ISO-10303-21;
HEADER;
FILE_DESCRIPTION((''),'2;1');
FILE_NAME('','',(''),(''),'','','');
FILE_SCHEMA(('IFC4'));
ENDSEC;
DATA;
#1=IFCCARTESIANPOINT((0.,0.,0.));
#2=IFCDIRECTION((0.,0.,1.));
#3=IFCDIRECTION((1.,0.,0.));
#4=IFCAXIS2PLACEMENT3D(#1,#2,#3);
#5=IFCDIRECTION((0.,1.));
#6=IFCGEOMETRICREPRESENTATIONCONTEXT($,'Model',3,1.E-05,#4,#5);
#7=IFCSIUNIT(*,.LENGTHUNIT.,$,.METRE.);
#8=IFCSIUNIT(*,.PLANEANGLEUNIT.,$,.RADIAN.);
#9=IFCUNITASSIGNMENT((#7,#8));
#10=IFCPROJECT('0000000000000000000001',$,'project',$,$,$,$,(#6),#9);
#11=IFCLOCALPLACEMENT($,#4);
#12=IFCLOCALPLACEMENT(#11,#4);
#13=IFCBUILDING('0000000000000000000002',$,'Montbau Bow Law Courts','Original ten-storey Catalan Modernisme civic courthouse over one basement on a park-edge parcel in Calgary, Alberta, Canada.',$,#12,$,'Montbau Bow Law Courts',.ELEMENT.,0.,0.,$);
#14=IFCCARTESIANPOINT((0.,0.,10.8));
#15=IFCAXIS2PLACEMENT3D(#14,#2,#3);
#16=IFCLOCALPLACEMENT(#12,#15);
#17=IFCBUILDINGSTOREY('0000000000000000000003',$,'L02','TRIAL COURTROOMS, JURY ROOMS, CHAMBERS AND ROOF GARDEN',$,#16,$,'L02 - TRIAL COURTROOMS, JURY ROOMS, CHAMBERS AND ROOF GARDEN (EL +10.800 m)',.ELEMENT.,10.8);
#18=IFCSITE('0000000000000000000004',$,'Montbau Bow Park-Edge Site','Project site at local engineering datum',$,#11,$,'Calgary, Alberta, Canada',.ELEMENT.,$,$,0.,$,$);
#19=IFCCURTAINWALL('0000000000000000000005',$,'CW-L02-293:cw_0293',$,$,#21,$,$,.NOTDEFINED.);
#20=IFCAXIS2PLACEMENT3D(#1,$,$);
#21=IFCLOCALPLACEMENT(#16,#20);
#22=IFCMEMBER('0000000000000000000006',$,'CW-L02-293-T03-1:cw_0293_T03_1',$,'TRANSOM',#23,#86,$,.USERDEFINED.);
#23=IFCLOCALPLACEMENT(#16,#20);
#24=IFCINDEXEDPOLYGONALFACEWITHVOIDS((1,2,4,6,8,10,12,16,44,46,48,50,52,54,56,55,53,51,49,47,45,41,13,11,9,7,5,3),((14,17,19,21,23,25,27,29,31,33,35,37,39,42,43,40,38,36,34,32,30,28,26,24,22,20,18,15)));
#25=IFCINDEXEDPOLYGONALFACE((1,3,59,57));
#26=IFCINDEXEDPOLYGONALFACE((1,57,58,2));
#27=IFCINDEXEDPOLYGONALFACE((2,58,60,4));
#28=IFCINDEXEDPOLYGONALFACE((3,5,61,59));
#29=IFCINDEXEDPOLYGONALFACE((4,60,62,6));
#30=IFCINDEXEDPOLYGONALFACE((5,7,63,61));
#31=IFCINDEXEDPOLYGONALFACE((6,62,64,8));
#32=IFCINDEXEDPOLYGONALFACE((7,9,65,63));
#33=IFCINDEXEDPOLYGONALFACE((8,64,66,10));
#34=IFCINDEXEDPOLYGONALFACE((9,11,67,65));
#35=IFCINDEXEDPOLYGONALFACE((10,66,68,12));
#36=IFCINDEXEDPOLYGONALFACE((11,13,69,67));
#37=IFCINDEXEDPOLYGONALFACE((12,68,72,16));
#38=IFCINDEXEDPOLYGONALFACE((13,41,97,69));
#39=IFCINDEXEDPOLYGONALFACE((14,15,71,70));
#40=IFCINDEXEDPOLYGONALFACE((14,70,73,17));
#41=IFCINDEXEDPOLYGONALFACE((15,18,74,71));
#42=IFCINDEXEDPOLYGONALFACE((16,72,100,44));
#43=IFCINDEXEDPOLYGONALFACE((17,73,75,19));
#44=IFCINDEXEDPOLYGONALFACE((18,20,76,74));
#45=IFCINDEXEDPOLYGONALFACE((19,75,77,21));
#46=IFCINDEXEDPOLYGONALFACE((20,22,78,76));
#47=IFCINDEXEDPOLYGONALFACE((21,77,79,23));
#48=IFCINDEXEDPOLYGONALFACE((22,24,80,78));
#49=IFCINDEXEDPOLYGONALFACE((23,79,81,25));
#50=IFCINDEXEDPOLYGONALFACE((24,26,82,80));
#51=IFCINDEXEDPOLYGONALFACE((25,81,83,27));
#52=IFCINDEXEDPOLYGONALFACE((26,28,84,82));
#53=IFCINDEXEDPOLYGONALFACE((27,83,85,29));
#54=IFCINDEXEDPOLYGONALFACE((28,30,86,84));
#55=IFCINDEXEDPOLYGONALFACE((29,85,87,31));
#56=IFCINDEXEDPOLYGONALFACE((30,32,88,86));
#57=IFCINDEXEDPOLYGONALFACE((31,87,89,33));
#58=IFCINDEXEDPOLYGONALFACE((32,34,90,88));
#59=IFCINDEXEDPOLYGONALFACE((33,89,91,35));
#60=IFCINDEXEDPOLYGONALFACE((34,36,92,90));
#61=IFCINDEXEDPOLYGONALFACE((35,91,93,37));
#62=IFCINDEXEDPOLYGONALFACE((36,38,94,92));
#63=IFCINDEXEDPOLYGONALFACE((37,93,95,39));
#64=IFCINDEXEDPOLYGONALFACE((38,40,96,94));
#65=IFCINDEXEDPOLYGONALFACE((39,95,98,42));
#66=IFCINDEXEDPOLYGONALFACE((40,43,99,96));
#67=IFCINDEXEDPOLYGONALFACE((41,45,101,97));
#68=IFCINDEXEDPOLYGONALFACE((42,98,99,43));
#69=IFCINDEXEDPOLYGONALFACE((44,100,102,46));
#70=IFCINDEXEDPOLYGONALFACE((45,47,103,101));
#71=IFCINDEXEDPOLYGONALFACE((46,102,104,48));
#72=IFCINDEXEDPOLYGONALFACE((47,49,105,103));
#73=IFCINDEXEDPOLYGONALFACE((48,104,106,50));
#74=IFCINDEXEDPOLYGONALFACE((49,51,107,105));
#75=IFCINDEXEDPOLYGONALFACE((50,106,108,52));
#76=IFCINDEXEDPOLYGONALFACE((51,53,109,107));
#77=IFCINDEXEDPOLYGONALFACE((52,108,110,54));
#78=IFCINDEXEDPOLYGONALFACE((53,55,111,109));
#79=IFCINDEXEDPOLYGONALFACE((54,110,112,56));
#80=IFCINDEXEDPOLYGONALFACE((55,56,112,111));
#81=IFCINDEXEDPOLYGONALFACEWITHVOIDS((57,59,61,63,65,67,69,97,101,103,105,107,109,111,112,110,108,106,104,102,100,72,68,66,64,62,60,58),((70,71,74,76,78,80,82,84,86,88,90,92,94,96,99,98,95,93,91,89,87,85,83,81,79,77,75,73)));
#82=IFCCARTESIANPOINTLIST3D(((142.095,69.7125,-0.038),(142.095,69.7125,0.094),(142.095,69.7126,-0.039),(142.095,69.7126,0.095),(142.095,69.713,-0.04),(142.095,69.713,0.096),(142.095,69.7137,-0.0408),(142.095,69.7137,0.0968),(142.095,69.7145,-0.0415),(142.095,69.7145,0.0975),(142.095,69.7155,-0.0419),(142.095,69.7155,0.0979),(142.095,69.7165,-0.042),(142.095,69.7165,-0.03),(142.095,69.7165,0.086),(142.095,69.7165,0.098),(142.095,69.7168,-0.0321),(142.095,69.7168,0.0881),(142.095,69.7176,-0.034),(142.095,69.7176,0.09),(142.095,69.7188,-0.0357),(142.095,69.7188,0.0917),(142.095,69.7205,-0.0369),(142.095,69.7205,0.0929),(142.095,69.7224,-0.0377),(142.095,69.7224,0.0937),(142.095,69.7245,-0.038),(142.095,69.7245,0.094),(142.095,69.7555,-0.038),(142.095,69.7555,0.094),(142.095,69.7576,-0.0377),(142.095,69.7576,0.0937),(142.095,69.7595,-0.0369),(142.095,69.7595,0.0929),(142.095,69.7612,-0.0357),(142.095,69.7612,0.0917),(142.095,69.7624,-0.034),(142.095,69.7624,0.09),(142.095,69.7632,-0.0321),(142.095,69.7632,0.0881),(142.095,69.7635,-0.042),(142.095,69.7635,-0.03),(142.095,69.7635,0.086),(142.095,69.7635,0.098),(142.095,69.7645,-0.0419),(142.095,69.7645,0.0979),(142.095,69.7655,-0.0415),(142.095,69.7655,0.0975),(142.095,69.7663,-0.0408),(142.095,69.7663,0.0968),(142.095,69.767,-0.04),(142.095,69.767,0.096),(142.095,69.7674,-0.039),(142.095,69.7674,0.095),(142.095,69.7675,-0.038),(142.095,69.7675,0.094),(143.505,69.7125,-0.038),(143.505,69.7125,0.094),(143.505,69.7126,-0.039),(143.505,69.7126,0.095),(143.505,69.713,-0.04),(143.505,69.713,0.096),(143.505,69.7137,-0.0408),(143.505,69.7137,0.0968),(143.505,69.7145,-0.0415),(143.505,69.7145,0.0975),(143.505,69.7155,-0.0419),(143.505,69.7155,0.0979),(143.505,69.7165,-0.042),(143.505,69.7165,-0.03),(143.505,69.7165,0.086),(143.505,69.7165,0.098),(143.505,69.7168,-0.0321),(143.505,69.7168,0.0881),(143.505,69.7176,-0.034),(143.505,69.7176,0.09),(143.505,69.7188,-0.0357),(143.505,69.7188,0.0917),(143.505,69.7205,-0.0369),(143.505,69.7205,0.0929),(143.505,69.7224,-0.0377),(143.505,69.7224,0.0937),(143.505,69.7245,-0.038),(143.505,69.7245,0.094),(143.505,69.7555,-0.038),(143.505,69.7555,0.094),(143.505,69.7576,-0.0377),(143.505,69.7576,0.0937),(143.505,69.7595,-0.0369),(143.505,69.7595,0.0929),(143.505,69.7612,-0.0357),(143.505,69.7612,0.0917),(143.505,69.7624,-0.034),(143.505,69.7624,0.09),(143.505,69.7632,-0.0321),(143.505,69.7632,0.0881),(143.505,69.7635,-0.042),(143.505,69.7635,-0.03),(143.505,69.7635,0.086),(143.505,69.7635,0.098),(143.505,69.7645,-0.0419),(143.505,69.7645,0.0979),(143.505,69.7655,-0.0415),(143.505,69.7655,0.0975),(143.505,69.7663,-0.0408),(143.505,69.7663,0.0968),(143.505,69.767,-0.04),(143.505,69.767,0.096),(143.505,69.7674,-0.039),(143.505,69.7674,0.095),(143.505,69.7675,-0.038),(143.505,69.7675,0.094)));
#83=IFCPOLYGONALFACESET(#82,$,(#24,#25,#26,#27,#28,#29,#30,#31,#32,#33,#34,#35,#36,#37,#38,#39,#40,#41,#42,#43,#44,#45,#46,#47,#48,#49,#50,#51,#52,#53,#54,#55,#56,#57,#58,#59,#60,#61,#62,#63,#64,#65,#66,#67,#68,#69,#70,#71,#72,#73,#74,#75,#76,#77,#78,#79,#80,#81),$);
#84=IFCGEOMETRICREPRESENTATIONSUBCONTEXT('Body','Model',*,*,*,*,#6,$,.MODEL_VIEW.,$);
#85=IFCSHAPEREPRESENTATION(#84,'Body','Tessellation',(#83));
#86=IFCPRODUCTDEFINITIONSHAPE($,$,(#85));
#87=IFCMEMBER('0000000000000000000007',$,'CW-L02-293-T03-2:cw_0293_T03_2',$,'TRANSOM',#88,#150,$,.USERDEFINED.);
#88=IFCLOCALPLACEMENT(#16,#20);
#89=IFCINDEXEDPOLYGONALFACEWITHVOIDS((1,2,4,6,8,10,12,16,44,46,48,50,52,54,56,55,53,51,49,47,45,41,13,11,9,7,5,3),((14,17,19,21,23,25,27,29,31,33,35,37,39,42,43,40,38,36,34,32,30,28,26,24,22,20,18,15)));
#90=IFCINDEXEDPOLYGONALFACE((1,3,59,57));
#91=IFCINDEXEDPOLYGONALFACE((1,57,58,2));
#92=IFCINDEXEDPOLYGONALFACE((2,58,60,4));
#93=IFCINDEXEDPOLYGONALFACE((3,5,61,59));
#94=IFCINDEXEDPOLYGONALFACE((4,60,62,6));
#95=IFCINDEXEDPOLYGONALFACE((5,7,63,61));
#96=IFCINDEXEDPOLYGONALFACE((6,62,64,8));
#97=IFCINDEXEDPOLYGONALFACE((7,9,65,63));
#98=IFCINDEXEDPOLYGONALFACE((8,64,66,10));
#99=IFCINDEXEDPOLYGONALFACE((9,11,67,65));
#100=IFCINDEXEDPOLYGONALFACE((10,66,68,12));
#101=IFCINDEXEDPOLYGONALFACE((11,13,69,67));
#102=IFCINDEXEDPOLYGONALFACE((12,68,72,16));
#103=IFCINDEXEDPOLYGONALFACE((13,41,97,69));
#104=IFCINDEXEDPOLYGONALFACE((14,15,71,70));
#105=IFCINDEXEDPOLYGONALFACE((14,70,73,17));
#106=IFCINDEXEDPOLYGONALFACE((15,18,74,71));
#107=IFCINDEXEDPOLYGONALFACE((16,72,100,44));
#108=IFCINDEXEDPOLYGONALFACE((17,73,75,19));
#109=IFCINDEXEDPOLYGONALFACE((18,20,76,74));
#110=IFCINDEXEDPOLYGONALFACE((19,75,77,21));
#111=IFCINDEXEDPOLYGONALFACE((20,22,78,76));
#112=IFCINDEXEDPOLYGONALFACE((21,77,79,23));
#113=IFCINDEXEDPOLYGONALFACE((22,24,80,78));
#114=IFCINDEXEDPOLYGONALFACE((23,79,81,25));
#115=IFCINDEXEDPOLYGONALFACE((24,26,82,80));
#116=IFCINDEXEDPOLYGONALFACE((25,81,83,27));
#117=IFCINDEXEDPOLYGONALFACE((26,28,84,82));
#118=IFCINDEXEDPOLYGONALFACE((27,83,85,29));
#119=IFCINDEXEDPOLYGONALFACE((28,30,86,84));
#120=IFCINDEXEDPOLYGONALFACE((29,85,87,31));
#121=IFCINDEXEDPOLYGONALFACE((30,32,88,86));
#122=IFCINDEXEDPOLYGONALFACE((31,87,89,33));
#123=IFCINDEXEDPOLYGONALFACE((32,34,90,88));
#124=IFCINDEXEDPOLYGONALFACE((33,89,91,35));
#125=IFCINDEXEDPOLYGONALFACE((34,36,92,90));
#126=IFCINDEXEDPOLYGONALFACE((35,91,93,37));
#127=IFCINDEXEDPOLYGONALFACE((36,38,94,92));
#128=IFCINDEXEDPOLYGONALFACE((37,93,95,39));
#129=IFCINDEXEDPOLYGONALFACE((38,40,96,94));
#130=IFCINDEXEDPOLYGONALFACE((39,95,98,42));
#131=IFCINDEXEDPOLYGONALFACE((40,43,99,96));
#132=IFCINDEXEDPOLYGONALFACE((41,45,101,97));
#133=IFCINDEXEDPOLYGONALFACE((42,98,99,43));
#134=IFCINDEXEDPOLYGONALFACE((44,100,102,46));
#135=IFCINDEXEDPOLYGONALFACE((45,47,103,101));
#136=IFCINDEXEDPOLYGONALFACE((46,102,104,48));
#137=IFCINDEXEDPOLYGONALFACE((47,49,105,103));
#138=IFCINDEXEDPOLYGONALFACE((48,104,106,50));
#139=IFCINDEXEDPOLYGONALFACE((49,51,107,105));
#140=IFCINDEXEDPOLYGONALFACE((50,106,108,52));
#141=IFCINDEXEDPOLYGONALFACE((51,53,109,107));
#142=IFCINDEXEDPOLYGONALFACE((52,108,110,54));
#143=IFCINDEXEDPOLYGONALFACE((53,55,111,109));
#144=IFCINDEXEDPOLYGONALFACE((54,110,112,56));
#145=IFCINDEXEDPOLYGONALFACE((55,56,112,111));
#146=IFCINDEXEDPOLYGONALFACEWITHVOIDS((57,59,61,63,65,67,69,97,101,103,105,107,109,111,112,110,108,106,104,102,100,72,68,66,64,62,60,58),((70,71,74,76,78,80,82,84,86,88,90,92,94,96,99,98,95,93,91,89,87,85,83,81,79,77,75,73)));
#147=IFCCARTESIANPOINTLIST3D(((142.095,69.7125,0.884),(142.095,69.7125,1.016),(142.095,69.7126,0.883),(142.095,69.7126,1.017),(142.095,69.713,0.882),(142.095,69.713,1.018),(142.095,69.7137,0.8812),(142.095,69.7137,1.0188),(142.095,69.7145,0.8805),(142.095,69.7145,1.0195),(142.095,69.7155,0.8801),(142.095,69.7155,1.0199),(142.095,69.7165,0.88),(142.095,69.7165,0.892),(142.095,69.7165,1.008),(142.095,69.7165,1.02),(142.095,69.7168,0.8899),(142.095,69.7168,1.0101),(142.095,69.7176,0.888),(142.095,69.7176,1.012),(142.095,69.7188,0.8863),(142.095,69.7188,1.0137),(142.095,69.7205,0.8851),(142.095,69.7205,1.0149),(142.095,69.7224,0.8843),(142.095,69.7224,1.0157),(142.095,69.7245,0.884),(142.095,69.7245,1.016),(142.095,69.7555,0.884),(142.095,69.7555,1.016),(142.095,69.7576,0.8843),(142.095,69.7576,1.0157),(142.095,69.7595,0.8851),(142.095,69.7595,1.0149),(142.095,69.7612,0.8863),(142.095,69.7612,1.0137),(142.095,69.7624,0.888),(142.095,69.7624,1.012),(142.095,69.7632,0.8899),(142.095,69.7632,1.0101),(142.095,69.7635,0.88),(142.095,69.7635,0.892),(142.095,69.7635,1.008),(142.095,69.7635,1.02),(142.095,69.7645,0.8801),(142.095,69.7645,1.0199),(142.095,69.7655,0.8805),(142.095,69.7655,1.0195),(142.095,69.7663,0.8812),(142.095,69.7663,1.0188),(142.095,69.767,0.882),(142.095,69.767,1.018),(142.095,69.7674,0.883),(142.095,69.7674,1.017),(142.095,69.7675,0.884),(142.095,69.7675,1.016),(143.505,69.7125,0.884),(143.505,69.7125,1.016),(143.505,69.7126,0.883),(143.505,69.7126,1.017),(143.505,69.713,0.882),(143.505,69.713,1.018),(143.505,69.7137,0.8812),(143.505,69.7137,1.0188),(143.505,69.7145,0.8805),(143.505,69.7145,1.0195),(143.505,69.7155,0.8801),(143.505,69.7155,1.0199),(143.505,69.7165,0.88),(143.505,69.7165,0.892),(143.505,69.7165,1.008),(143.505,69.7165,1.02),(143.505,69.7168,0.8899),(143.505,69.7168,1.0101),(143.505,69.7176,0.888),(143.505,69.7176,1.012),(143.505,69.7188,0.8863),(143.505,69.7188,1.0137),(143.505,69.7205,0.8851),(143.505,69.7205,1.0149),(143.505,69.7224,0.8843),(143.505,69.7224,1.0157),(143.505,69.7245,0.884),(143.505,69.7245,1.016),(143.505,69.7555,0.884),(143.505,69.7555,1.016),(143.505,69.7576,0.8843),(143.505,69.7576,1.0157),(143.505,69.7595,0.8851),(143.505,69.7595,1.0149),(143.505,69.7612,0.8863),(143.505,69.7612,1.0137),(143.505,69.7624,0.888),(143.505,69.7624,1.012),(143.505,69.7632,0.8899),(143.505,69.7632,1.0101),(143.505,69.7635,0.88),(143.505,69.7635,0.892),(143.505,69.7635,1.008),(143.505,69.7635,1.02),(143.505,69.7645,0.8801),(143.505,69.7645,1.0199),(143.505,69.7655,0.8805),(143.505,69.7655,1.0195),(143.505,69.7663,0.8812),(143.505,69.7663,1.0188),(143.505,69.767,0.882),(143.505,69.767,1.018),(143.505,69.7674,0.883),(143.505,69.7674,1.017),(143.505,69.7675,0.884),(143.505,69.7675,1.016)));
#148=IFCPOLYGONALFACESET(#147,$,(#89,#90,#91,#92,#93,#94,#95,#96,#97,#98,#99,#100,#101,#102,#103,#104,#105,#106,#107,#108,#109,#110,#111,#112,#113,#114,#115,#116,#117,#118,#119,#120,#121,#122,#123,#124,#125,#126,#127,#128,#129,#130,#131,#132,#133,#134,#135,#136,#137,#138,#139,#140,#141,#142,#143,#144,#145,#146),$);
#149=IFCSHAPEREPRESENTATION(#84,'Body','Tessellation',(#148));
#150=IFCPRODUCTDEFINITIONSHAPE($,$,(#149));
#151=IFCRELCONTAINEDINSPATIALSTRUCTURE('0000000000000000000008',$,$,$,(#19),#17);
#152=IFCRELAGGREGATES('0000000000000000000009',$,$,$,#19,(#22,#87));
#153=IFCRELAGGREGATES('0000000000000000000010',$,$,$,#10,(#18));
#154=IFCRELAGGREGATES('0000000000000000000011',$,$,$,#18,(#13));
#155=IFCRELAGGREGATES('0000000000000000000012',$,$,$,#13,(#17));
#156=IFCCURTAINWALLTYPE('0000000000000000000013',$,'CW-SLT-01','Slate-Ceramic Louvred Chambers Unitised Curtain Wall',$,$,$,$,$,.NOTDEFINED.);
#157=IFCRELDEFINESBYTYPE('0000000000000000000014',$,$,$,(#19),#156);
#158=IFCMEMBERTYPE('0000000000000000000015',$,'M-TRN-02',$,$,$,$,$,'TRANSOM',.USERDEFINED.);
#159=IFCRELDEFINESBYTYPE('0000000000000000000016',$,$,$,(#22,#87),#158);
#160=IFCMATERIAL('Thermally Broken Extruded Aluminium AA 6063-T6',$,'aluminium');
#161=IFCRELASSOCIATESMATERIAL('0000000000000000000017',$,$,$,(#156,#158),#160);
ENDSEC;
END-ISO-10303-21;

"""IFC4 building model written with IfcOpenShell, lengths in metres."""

from ifc_helpers import new_model, si_unit, direction, frame, origin_with_axes, origin_2d_with_axis, place, context, subcontext, project, spatial, hollow_rectangle, extrude, material, material_profile, profile_set, type_object, element, aggregate, save


model = new_model("IFC4")

# Units and contexts
model_context = context("Model", 3, precision=1e-05, world=origin_with_axes(), true_north=direction((0.0, 1.0)))
body_context = subcontext(model_context, "Body", "Model", "MODEL_VIEW")
ifc_project = project(units=[si_unit("LENGTHUNIT", "METRE"), si_unit("PLANEANGLEUNIT", "RADIAN")], contexts=[model_context])

# Site, building, storey
site_placement = place(None, origin_with_axes())
site = spatial("IfcSite", under=ifc_project, at=site_placement, Name="Montbau Bow Park-Edge Site", Description="Project site at local engineering datum", LongName="Calgary, Alberta, Canada", CompositionType="ELEMENT", RefElevation=0.0)
building_placement = place(site_placement, origin_with_axes())
building = spatial("IfcBuilding", under=site, at=building_placement, Name="Montbau Bow Law Courts", Description="Original ten-storey Catalan Modernisme civic courthouse over one basement on a park-edge parcel in Calgary, Alberta, Canada.", LongName="Montbau Bow Law Courts", CompositionType="ELEMENT", ElevationOfRefHeight=0.0, ElevationOfTerrain=0.0)
storey_placement = place(building_placement, frame((0.0, 0.0, 10.8), z_axis=(0.0, 0.0, 1.0), x_axis=(1.0, 0.0, 0.0)))
storey = spatial("IfcBuildingStorey", under=building, at=storey_placement, Name="L02", Description="TRIAL COURTROOMS, JURY ROOMS, CHAMBERS AND ROOF GARDEN", LongName="L02 - TRIAL COURTROOMS, JURY ROOMS, CHAMBERS AND ROOF GARDEN (EL +10.800 m)", CompositionType="ELEMENT", Elevation=10.8)

# Shared definitions
ifc_material_1 = material(Name="Thermally Broken Extruded Aluminium AA 6063-T6", Category="aluminium")
curtain_wall_type = type_object("IfcCurtainWallType", Name="CW-SLT-01", Description="Slate-Ceramic Louvred Chambers Unitised Curtain Wall", PredefinedType="NOTDEFINED", material=ifc_material_1)

# Curtain wall, members
curtain_wall_1_placement = place(None, frame((139.115, 69.74, 10.8), z_axis=(0.0, 0.0, 1.0), x_axis=(1.0, 0.0, 0.0)))
curtain_wall_1 = element("IfcCurtainWall", 1, at=curtain_wall_1_placement, inside=storey, type_object=curtain_wall_type, Name="CW-L02-293:cw_0293", PredefinedType="NOTDEFINED")
ifc_material_profile_1 = material_profile(ifc_material_1, hollow_rectangle(XDim=0.055, YDim=0.14, WallThickness=0.004, InnerFilletRadius=0.008, OuterFilletRadius=0.004, at=origin_2d_with_axis()), Name="CWT-140X55", Category="Main", Priority=0)
ifc_profile_set_1 = profile_set([ifc_material_profile_1], Name="Thermally Broken Extruded Aluminium AA 6063-T6")
member_type_1 = type_object("IfcMemberType", Name="M-TRN-02", ElementType="TRANSOM", PredefinedType="USERDEFINED", material=ifc_profile_set_1)
member_1_placement = place(None, frame((142.095, 69.74, 10.828), z_axis=(1.0, 0.0, 0.0), x_axis=(0.0, 1.0, 0.0)))
member_1 = element("IfcMember", 2, at=member_1_placement, type_object=member_type_1, Name="CW-L02-293-T03-1:cw_0293_T03_1", ObjectType="TRANSOM", PredefinedType="USERDEFINED", context=body_context, shape_type="SweptSolid", body=[
    extrude(hollow_rectangle(XDim=0.055, YDim=0.14, WallThickness=0.004, InnerFilletRadius=0.008, OuterFilletRadius=0.004, at=origin_2d_with_axis()), origin_with_axes(), (0.0, 0.0, 1.0), 1.41),
])
member_2_placement = place(None, frame((142.095, 69.74, 11.75), z_axis=(1.0, 0.0, 0.0), x_axis=(0.0, 1.0, 0.0)))
member_2 = element("IfcMember", 3, at=member_2_placement, type_object=member_type_1, Name="CW-L02-293-T03-2:cw_0293_T03_2", ObjectType="TRANSOM", PredefinedType="USERDEFINED", context=body_context, shape_type="SweptSolid", body=[
    extrude(hollow_rectangle(XDim=0.055, YDim=0.14, WallThickness=0.004, InnerFilletRadius=0.008, OuterFilletRadius=0.004, at=origin_2d_with_axis()), origin_with_axes(), (0.0, 0.0, 1.0), 1.41),
])

aggregate(curtain_wall_1, [member_1, member_2])

save(model, "model.ifc")
